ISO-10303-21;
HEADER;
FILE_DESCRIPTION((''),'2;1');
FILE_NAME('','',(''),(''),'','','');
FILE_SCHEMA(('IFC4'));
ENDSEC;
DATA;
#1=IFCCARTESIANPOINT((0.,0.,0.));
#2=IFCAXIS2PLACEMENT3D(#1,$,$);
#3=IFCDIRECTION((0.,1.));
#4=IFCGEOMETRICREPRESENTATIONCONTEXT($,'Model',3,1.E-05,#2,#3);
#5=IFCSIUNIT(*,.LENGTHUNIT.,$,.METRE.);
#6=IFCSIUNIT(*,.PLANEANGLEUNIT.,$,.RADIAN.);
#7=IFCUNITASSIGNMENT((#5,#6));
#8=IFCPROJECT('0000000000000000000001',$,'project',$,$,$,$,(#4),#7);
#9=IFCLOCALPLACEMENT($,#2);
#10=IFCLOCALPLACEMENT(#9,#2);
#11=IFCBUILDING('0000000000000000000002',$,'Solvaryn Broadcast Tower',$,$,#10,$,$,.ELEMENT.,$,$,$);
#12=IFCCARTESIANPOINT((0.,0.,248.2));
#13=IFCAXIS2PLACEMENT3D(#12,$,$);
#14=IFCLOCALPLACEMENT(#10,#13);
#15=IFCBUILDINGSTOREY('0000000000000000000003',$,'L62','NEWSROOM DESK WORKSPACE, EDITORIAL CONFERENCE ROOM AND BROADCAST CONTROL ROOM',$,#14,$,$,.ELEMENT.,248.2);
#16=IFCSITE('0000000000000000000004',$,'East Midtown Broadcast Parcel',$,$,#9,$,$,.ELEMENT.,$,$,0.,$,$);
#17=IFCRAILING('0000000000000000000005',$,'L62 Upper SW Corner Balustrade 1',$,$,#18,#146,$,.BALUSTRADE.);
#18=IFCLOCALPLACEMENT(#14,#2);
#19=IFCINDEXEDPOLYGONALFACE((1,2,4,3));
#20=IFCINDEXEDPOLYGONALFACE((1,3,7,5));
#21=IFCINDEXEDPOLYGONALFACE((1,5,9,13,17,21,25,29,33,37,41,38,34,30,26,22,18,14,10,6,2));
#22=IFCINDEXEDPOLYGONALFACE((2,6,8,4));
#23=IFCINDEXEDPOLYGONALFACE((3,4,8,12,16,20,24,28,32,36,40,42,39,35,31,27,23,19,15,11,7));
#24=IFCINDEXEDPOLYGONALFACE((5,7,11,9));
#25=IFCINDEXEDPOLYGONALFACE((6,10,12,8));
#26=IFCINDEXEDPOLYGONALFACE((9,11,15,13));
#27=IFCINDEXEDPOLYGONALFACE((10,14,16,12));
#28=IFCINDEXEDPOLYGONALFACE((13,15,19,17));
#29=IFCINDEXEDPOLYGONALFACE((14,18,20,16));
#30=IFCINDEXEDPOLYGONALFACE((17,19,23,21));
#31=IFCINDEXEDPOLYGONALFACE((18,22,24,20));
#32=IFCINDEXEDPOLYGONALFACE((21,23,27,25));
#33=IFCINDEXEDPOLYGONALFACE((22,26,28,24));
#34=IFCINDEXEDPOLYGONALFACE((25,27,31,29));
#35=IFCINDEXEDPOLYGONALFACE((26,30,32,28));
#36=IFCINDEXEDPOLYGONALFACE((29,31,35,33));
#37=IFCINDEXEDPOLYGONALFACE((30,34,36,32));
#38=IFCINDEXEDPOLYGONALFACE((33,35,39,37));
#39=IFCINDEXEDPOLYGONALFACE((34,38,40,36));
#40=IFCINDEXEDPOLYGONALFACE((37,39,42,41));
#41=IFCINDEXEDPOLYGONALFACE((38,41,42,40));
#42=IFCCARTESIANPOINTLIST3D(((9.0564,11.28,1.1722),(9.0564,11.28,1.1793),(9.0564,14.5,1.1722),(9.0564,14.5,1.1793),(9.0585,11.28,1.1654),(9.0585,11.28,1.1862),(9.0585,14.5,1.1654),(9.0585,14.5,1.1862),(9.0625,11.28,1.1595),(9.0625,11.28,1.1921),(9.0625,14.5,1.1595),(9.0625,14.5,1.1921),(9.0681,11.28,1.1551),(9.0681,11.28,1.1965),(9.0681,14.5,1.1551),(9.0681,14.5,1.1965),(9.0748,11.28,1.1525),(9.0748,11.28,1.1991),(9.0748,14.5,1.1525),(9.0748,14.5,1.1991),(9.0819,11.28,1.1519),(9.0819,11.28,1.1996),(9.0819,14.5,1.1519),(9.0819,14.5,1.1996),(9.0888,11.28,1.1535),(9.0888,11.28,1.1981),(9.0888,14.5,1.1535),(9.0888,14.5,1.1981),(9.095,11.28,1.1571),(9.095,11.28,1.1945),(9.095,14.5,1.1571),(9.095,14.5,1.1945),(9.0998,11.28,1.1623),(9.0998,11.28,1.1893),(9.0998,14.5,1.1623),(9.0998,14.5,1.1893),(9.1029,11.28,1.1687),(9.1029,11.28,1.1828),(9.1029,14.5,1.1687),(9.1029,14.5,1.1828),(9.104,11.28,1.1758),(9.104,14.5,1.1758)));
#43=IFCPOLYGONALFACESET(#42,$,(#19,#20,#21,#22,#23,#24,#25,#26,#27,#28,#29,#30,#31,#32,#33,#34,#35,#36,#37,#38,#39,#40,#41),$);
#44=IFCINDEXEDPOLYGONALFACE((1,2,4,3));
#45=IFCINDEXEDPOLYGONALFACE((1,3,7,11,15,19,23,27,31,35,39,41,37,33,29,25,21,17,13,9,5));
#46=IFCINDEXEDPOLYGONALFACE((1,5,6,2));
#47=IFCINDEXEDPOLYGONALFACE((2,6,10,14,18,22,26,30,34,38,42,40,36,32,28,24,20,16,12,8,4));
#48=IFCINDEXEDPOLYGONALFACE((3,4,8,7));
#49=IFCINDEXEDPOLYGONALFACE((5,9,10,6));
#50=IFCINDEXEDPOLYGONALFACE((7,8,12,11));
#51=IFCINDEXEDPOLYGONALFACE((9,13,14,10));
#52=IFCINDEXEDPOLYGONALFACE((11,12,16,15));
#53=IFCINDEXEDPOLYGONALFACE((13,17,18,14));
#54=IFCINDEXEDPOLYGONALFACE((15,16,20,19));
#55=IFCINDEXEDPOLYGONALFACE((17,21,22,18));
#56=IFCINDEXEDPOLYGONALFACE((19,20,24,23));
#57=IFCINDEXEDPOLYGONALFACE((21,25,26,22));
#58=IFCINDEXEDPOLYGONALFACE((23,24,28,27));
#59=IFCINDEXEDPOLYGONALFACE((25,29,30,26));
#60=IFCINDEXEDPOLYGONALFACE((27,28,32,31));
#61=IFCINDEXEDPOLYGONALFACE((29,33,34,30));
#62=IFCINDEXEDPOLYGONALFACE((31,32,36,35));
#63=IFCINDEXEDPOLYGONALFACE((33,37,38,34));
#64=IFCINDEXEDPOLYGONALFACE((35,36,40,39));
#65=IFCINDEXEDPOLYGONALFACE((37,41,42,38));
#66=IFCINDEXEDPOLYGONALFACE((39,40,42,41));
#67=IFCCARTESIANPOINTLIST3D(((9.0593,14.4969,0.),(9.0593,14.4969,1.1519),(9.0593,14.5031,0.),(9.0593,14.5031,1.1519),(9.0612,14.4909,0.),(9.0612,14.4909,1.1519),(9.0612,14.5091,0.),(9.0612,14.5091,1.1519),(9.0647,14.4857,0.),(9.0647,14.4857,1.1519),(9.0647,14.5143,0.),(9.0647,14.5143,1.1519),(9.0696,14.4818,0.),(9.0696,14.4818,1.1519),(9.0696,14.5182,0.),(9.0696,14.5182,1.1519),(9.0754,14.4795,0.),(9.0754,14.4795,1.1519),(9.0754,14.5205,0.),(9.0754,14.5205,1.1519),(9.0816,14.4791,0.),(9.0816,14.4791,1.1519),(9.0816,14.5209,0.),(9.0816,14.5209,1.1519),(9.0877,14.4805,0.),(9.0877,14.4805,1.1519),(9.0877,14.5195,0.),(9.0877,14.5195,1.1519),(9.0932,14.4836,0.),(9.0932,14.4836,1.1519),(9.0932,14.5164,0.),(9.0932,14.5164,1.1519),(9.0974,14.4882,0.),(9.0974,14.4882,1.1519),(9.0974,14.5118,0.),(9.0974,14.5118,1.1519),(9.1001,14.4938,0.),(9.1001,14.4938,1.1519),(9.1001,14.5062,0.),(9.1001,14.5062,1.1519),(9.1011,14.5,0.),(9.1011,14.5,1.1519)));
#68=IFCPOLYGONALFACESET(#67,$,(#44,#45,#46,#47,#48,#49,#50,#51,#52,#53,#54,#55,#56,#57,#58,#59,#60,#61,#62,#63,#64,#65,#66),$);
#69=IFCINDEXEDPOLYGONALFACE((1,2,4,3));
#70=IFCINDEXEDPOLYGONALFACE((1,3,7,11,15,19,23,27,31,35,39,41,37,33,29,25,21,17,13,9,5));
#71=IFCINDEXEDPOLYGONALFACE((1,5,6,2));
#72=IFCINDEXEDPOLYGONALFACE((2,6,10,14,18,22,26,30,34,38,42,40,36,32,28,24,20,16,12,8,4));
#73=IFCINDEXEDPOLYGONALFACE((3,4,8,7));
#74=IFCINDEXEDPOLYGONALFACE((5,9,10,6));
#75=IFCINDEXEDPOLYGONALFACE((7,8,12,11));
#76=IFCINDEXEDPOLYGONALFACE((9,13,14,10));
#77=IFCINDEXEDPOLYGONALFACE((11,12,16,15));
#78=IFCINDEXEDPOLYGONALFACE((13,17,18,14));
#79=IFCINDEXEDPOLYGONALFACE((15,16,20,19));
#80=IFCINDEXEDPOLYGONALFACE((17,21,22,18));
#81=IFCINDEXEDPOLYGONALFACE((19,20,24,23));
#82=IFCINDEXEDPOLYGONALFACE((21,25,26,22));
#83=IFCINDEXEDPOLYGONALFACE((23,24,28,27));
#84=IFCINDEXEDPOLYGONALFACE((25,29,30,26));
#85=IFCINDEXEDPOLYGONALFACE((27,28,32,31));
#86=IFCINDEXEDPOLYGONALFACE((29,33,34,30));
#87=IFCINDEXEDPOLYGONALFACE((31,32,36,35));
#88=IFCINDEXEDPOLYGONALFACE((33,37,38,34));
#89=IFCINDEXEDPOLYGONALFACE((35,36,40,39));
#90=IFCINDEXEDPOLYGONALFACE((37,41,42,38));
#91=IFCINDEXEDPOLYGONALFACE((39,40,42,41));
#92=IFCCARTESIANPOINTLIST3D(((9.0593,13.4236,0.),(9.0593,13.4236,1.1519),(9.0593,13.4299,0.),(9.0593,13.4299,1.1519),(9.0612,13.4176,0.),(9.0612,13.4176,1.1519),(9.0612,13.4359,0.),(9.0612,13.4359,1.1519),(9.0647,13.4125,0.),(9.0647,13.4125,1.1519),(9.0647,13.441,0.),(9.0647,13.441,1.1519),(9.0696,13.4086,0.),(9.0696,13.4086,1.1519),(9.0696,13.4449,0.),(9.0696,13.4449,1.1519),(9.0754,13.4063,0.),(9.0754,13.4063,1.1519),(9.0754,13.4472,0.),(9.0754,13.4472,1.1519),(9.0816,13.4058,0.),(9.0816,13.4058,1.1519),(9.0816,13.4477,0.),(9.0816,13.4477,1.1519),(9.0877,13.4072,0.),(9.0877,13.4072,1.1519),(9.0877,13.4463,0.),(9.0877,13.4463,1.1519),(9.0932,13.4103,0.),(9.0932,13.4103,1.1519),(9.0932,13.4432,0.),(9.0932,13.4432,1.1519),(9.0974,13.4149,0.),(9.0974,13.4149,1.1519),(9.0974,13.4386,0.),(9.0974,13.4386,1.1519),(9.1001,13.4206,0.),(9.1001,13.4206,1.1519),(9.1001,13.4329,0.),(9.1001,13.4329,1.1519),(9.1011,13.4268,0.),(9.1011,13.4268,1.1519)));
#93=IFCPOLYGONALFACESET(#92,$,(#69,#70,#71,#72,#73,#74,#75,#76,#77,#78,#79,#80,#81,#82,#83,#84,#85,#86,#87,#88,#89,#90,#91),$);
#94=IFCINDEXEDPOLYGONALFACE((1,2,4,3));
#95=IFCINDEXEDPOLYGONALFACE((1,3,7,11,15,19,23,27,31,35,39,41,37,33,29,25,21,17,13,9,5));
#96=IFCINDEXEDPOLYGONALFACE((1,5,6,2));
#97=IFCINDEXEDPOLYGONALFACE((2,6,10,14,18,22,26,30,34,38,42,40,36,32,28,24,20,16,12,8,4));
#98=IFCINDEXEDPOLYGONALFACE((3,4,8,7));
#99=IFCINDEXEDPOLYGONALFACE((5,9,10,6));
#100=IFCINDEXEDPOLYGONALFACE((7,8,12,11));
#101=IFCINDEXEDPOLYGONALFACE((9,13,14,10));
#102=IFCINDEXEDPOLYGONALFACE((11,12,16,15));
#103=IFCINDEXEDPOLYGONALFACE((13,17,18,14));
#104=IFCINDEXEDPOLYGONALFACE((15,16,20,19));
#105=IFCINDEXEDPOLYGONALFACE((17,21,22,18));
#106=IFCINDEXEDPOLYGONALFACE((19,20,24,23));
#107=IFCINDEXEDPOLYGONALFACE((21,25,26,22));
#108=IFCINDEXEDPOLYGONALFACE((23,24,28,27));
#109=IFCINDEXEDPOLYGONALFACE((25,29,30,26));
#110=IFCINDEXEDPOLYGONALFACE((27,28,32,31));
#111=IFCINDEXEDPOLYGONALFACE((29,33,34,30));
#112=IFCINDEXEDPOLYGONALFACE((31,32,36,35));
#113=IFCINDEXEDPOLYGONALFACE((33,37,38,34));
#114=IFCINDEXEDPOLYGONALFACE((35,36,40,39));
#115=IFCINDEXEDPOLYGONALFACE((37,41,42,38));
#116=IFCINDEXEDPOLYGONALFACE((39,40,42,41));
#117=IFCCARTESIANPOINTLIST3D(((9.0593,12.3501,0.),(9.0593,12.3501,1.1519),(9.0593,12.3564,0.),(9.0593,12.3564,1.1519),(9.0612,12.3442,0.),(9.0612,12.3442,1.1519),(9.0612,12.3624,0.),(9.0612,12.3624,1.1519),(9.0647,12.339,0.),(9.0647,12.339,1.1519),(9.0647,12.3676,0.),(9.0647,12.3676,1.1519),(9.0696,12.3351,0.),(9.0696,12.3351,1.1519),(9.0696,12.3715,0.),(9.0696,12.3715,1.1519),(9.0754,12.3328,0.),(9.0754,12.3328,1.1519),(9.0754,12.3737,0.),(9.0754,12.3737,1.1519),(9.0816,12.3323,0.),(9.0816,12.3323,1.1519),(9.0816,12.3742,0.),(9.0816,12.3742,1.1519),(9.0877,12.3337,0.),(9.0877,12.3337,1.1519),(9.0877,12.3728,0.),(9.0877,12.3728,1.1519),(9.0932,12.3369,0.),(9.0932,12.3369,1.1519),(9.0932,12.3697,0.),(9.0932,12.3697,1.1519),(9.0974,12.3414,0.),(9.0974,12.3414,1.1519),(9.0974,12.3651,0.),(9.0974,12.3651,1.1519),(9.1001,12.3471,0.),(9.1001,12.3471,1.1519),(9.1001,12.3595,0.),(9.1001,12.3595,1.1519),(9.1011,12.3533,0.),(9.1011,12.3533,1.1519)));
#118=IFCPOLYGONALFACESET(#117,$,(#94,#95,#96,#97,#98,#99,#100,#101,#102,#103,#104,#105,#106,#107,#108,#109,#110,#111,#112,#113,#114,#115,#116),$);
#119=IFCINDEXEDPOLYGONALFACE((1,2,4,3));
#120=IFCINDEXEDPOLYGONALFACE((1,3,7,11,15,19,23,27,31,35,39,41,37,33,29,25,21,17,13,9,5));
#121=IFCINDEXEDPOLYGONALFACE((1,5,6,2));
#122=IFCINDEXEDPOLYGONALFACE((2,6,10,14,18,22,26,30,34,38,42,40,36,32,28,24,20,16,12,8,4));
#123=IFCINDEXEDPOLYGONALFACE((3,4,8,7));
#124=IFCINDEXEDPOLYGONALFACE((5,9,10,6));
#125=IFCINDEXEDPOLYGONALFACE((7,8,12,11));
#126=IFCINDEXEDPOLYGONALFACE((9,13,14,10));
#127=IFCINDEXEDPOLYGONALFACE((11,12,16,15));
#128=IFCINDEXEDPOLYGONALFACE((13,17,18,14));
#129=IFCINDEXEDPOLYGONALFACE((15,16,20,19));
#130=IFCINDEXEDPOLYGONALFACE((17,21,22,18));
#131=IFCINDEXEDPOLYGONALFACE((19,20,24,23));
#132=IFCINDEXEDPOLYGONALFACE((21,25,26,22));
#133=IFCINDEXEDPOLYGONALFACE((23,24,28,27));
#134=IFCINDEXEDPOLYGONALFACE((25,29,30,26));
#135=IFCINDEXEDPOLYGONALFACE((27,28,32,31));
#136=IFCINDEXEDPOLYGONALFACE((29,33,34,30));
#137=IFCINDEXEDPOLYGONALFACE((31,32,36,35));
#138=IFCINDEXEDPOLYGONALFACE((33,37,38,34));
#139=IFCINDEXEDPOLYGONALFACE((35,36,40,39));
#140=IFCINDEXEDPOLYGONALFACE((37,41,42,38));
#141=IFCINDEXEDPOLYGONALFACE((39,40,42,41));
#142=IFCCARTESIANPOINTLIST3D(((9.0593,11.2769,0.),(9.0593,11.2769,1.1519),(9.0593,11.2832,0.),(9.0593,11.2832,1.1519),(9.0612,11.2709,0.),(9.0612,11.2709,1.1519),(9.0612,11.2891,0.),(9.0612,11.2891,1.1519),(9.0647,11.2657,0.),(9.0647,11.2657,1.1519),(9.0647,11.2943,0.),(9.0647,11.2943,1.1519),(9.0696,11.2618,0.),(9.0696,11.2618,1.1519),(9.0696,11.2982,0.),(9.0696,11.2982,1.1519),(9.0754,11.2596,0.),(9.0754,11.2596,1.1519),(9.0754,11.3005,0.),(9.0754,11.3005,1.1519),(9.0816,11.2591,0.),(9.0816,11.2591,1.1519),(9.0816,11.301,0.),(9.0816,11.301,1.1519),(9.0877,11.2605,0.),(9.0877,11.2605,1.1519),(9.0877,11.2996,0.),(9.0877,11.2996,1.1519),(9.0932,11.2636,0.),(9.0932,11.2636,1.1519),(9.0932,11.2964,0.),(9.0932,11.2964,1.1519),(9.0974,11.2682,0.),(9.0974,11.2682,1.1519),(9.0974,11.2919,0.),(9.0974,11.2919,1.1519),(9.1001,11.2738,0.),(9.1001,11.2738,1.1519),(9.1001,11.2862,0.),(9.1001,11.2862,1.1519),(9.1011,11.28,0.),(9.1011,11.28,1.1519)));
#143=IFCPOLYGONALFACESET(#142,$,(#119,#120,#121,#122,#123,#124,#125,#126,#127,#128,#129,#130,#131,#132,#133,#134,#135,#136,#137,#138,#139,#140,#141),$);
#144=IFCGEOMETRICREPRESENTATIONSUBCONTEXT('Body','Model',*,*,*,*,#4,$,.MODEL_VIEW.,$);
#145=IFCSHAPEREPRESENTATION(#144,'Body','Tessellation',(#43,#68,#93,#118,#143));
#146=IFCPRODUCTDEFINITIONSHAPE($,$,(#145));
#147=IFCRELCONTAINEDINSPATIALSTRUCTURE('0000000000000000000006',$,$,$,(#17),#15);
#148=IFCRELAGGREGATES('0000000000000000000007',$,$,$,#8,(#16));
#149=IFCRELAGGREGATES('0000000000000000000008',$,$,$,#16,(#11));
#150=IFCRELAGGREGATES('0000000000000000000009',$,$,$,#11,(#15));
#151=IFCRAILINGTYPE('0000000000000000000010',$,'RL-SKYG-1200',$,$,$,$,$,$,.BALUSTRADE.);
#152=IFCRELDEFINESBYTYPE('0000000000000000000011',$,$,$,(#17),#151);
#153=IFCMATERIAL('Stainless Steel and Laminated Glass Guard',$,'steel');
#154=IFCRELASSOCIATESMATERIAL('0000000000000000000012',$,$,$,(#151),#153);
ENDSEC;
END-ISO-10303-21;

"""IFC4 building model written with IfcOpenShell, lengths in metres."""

from ifc_helpers import new_model, si_unit, direction, frame, origin, origin_2d, place, context, subcontext, project, spatial, circle, extrude, material, type_object, element, save


model = new_model("IFC4")

# Units and contexts
model_context = context("Model", 3, precision=1e-05, world=origin(), true_north=direction((0.0, 1.0)))
body_context = subcontext(model_context, "Body", "Model", "MODEL_VIEW")
ifc_project = project(units=[si_unit("LENGTHUNIT", "METRE"), si_unit("PLANEANGLEUNIT", "RADIAN")], contexts=[model_context])

# Site, building, storey
site_placement = place(None, origin())
site = spatial("IfcSite", under=ifc_project, at=site_placement, Name="East Midtown Broadcast Parcel", CompositionType="ELEMENT", RefElevation=0.0)
building_placement = place(site_placement, origin())
building = spatial("IfcBuilding", under=site, at=building_placement, Name="Solvaryn Broadcast Tower", CompositionType="ELEMENT")
storey_placement = place(building_placement, frame((0.0, 0.0, 248.2)))
storey = spatial("IfcBuildingStorey", under=building, at=storey_placement, Name="L62", Description="NEWSROOM DESK WORKSPACE, EDITORIAL CONFERENCE ROOM AND BROADCAST CONTROL ROOM", CompositionType="ELEMENT", Elevation=248.2)

# Railing
ifc_material_1 = material(Name="Stainless Steel and Laminated Glass Guard", Category="steel")
railing_type = type_object("IfcRailingType", Name="RL-SKYG-1200", PredefinedType="BALUSTRADE", material=ifc_material_1)
railing_1_placement = place(storey_placement, frame((9.0801, 14.5, 0.0)))
element("IfcRailing", 1, at=railing_1_placement, inside=storey, type_object=railing_type, Name="L62 Upper SW Corner Balustrade 1", PredefinedType="BALUSTRADE", context=body_context, shape_type="SweptSolid", body=[
    extrude(circle(Radius=0.0239, at=origin_2d()), frame((0.0, 0.0, 1.1758), z_axis=(0.0, -1.0, 0.0), x_axis=(1.0, 0.0, 0.0)), (0.0, 0.0, 1.0), 3.22),
    extrude(circle(Radius=0.021, at=origin_2d()), origin(), (0.0, 0.0, 1.0), 1.1519),
    extrude(circle(Radius=0.021, at=origin_2d()), frame((0.0, -1.0732, 0.0)), (0.0, 0.0, 1.0), 1.1519),
    extrude(circle(Radius=0.021, at=origin_2d()), frame((0.0, -2.1467, 0.0)), (0.0, 0.0, 1.0), 1.1519),
    extrude(circle(Radius=0.021, at=origin_2d()), frame((0.0, -3.22, 0.0)), (0.0, 0.0, 1.0), 1.1519),
])

save(model, "model.ifc")
